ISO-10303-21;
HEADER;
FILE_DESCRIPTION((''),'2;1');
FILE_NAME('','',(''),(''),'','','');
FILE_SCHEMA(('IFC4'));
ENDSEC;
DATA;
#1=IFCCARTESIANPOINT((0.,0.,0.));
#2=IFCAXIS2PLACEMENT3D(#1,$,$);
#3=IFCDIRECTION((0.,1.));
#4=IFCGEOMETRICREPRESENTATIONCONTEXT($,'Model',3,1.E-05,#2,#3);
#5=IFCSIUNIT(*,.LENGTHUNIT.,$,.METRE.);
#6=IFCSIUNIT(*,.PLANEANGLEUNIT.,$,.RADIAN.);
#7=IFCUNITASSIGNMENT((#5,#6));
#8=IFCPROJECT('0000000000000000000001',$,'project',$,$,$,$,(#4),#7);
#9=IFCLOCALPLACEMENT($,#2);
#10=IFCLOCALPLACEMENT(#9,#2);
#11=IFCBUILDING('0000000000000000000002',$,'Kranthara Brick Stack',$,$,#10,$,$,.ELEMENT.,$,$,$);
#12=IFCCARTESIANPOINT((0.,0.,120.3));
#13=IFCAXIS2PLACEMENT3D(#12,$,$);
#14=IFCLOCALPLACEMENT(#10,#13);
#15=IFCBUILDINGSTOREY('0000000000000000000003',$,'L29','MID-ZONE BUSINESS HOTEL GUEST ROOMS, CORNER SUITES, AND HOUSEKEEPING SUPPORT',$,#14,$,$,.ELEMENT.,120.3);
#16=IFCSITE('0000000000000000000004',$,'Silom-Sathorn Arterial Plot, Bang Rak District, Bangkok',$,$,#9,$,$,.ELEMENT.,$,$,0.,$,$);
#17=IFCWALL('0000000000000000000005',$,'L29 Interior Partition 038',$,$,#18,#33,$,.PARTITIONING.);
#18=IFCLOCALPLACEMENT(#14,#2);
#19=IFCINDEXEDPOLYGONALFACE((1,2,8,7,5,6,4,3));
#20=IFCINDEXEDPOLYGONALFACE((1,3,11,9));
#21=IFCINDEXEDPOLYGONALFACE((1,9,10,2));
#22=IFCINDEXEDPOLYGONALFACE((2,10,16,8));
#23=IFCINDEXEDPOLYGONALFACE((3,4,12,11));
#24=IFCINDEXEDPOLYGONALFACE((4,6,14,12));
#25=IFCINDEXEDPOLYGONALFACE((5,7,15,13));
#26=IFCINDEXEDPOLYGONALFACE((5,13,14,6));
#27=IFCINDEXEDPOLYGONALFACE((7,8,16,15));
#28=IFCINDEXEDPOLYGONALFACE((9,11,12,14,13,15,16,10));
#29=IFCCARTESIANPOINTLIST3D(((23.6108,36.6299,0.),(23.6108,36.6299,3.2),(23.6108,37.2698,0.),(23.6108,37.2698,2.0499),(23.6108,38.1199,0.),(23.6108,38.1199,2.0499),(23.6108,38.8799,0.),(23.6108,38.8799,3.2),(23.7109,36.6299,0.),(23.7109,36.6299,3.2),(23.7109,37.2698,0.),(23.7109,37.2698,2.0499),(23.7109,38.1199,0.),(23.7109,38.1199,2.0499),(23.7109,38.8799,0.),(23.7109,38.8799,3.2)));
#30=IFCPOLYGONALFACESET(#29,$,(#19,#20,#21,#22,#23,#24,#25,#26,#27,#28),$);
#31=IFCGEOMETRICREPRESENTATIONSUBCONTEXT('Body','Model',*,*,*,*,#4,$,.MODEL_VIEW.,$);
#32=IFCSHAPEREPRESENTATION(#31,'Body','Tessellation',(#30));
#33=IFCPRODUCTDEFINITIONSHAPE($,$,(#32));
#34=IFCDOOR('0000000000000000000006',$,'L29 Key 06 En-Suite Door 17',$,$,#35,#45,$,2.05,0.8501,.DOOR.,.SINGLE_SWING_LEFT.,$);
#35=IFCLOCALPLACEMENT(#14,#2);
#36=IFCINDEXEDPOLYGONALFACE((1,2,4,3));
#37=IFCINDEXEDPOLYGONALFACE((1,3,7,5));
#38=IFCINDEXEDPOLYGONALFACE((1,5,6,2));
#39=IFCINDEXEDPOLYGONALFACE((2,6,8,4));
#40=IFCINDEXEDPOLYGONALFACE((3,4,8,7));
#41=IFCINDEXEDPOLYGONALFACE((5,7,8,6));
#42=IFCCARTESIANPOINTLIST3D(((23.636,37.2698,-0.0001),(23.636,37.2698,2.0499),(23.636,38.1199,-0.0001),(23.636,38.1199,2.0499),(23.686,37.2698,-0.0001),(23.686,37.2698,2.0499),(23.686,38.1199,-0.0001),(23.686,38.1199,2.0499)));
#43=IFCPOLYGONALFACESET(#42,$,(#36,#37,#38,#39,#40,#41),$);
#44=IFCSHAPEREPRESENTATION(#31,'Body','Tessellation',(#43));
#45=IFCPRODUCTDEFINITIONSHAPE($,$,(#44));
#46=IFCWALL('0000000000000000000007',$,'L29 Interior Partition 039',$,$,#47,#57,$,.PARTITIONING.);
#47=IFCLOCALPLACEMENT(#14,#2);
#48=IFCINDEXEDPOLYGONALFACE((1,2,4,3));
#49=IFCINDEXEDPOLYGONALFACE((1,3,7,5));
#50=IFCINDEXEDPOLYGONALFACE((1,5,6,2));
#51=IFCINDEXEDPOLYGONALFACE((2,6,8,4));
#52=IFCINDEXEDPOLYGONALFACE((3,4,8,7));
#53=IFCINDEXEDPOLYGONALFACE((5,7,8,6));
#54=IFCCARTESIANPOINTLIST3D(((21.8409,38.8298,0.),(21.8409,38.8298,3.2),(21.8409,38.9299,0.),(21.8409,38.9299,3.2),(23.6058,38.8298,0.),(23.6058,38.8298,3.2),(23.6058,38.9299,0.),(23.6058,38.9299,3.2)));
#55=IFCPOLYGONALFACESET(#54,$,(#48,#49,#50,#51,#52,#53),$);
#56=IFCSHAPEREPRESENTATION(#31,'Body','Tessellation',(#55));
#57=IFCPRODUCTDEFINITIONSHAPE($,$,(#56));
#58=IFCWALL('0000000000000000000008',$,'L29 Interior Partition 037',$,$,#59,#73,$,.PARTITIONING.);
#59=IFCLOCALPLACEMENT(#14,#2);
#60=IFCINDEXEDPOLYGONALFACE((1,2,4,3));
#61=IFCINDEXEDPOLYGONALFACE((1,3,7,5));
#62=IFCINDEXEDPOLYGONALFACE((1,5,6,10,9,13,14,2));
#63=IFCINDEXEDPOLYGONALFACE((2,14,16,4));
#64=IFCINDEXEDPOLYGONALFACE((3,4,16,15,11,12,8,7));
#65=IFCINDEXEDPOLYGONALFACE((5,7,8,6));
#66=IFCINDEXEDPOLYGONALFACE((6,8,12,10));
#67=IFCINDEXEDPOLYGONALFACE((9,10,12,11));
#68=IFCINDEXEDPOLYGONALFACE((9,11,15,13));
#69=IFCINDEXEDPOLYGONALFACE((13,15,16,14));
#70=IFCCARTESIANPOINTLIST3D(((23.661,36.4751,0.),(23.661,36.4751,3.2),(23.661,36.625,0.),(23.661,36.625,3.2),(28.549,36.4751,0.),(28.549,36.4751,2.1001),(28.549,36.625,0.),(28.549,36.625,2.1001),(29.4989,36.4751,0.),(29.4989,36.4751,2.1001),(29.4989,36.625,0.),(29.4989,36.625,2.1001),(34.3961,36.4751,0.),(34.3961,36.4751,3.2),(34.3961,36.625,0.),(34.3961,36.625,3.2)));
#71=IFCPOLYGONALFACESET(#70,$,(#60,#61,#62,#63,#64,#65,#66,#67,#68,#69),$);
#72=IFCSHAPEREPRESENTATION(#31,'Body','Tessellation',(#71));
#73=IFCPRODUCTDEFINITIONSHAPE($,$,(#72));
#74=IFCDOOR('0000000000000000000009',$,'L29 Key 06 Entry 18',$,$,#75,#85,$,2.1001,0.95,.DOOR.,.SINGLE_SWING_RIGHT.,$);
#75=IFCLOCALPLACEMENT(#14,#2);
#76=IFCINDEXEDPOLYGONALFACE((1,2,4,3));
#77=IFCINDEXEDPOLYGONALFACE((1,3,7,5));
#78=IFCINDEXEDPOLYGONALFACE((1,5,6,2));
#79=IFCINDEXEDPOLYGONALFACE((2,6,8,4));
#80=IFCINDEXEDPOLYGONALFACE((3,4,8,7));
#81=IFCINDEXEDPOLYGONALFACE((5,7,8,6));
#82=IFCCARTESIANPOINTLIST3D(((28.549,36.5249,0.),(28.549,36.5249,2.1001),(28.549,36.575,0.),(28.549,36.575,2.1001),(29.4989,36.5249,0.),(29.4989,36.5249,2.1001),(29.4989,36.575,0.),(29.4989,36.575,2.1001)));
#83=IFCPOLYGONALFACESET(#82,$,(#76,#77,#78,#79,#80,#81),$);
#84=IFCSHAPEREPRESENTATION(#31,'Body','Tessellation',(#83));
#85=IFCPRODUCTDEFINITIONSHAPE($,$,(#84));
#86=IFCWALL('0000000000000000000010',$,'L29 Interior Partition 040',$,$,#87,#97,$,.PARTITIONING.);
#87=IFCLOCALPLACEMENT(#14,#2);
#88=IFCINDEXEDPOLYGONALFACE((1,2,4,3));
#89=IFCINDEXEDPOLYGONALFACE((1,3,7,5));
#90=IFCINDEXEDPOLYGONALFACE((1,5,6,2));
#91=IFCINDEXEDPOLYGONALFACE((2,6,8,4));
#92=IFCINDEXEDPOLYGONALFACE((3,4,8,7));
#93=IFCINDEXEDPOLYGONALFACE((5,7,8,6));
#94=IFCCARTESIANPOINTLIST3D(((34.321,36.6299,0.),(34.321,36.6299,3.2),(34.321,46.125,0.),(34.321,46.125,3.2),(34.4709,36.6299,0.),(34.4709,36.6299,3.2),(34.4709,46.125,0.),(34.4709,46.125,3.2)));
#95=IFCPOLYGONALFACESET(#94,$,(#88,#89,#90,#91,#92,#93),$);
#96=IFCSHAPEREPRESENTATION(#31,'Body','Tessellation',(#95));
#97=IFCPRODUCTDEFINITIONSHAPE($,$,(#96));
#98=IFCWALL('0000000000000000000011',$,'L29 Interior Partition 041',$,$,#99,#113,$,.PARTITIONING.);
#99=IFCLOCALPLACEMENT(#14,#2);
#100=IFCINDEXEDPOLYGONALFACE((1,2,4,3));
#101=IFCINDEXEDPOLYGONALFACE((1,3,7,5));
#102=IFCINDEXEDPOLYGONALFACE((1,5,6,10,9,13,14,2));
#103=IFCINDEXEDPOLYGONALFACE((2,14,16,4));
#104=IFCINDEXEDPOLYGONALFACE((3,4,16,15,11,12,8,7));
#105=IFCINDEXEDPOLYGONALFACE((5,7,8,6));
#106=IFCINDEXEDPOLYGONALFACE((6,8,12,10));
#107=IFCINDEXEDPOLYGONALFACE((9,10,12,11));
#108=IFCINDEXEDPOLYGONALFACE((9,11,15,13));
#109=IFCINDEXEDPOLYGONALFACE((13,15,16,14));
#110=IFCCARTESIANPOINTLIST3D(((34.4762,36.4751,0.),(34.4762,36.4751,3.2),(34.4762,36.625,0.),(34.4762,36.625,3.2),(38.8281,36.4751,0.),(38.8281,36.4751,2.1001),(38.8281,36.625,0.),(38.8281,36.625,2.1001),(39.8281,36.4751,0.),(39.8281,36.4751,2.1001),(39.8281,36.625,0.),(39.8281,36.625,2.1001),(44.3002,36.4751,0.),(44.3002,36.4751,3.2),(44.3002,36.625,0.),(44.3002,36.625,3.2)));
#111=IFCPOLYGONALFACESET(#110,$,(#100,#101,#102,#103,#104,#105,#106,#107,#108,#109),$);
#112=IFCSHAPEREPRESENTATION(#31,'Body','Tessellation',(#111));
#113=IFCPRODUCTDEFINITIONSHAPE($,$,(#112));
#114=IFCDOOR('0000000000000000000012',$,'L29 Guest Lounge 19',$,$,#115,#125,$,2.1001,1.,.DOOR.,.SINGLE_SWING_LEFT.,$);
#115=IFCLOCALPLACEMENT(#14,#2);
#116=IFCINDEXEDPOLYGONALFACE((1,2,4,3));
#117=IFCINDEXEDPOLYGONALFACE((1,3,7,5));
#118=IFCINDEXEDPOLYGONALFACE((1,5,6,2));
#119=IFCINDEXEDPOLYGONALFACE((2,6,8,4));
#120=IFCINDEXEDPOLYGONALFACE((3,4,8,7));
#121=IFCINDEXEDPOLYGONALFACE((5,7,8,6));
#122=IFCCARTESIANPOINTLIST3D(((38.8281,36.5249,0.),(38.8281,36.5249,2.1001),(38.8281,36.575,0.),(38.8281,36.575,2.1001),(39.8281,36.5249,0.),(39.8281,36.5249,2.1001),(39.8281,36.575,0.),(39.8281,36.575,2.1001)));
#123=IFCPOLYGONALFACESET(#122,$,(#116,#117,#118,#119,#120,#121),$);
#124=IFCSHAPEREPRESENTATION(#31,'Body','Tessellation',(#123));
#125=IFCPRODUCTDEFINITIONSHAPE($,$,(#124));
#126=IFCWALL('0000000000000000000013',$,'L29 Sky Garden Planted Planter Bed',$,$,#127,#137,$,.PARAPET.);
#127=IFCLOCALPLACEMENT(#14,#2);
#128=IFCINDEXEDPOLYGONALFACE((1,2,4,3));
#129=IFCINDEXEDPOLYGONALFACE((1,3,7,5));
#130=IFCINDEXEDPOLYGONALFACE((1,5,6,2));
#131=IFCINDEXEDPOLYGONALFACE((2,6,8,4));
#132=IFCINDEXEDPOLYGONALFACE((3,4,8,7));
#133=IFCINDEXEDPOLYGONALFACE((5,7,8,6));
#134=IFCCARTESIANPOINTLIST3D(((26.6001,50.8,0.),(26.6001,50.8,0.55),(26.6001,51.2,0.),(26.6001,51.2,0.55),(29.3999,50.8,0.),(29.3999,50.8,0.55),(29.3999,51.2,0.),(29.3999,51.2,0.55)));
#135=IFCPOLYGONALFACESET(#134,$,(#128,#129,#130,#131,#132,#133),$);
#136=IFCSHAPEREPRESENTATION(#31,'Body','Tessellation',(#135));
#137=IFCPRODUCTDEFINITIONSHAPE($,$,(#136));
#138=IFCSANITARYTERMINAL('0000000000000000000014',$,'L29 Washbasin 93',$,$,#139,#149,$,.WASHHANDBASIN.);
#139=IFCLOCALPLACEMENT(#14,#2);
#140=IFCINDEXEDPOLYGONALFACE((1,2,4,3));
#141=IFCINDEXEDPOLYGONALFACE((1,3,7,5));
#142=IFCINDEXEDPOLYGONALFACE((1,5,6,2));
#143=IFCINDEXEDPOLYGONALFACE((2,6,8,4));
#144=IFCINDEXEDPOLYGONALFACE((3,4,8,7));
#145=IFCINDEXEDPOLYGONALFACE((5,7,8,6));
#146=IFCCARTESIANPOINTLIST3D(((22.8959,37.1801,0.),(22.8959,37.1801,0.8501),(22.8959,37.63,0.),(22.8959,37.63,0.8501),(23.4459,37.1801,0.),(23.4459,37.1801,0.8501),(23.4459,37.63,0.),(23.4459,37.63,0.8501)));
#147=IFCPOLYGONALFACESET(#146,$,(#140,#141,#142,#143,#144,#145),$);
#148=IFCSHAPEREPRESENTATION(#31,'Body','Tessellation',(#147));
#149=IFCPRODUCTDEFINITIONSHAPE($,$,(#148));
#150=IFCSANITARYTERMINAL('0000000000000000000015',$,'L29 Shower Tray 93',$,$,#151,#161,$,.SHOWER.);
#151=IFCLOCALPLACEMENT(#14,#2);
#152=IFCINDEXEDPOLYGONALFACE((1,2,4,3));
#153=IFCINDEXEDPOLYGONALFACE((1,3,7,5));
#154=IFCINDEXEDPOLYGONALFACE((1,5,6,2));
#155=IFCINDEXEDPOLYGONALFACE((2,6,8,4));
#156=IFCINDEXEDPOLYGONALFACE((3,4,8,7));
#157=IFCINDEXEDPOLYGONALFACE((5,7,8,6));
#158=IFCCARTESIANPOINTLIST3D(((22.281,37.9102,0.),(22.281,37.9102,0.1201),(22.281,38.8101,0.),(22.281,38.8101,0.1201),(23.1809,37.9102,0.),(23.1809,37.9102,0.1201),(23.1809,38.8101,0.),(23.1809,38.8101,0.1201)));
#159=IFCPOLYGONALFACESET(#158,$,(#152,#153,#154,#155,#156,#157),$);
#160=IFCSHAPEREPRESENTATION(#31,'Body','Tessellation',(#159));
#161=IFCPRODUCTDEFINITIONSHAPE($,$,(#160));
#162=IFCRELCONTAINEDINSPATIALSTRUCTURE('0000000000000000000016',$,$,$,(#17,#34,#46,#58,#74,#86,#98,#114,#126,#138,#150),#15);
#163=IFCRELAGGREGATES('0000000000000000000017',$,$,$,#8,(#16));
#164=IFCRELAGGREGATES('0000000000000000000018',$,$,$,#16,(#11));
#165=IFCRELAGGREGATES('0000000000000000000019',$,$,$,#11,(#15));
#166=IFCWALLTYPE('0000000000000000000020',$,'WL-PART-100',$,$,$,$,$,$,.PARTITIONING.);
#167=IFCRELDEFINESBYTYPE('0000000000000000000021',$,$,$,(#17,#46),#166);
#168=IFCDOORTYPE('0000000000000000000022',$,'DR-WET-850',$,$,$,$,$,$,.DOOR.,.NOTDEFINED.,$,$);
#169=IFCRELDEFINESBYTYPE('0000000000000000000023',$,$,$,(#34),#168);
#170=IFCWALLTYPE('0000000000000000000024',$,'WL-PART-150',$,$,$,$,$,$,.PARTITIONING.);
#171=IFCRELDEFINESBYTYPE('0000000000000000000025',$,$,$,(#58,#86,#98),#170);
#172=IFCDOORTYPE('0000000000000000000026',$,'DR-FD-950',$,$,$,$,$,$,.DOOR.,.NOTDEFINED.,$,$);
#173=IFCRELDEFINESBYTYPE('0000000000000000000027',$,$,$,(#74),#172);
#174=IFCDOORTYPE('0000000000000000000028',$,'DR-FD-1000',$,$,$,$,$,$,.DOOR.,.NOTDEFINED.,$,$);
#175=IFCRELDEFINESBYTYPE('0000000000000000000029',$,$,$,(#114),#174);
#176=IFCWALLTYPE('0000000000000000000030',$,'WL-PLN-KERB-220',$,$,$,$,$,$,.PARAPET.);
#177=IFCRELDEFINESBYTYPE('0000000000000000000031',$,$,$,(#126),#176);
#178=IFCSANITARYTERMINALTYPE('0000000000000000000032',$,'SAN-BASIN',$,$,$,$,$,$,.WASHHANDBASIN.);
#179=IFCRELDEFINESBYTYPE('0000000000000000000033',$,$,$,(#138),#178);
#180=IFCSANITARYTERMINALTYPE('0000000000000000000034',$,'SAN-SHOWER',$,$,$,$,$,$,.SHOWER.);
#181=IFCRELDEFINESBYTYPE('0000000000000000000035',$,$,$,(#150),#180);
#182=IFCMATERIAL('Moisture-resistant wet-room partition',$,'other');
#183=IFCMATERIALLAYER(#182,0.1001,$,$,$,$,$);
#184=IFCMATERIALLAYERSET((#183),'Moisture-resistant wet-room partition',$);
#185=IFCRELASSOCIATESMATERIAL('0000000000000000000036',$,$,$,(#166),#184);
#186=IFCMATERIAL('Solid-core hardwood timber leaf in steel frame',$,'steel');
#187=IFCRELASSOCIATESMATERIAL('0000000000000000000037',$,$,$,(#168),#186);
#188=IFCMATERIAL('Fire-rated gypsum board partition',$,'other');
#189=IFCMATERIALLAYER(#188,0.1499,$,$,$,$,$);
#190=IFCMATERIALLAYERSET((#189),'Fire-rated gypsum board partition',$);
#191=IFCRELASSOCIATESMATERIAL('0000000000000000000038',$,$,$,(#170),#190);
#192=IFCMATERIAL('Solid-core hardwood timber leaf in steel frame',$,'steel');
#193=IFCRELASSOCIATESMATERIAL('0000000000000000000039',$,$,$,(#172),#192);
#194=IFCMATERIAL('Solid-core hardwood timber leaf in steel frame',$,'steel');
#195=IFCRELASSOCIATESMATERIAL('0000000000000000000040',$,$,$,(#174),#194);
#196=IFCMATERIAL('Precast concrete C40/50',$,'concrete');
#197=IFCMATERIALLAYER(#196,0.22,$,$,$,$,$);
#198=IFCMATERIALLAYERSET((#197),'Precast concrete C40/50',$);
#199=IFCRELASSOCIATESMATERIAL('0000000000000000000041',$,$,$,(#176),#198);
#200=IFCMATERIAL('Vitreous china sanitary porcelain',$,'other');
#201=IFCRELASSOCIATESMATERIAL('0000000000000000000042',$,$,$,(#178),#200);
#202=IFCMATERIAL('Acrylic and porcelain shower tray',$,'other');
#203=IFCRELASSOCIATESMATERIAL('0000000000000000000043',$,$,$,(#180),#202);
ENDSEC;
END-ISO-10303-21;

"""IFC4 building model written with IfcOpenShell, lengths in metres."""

from ifc_helpers import new_model, si_unit, direction, frame, frame_2d, origin, origin_2d, place, context, subcontext, project, spatial, rectangle, extrude, material, layer, layer_set, type_object, element, fill, save


model = new_model("IFC4")

# Units and contexts
model_context = context("Model", 3, precision=1e-05, world=origin(), true_north=direction((0.0, 1.0)))
body_context = subcontext(model_context, "Body", "Model", "MODEL_VIEW")
ifc_project = project(units=[si_unit("LENGTHUNIT", "METRE"), si_unit("PLANEANGLEUNIT", "RADIAN")], contexts=[model_context])

# Site, building, storey
site_placement = place(None, origin())
site = spatial("IfcSite", under=ifc_project, at=site_placement, Name="Silom-Sathorn Arterial Plot, Bang Rak District, Bangkok", CompositionType="ELEMENT", RefElevation=0.0)
building_placement = place(site_placement, origin())
building = spatial("IfcBuilding", under=site, at=building_placement, Name="Kranthara Brick Stack", CompositionType="ELEMENT")
storey_placement = place(building_placement, frame((0.0, 0.0, 120.3)))
storey = spatial("IfcBuildingStorey", under=building, at=storey_placement, Name="L29", Description="MID-ZONE BUSINESS HOTEL GUEST ROOMS, CORNER SUITES, AND HOUSEKEEPING SUPPORT", CompositionType="ELEMENT", Elevation=120.3)

# Wall, opening, door
ifc_material_1 = material(Name="Moisture-resistant wet-room partition", Category="other")
ifc_layer_1 = layer(ifc_material_1, 0.1001)
ifc_layer_set_1 = layer_set([ifc_layer_1], Name="Moisture-resistant wet-room partition")
wall_type_1 = type_object("IfcWallType", Name="WL-PART-100", PredefinedType="PARTITIONING", material=ifc_layer_set_1)
wall_1_placement = place(storey_placement, frame((23.6609, 36.6299, 0.0), z_axis=(0.0, 0.0, 1.0), x_axis=(0.0, 1.0, 0.0)))
wall_1 = element("IfcWall", 1, at=wall_1_placement, inside=storey, type_object=wall_type_1, Name="L29 Interior Partition 038", PredefinedType="PARTITIONING", context=body_context, shape_type="SweptSolid", body=[
    extrude(rectangle(XDim=2.25, YDim=0.1001, at=frame_2d((1.125, 0.0))), origin(), (0.0, 0.0, 1.0), 3.2),
])
opening_1_placement = place(wall_1_placement, frame((0.6399, 0.0, 0.0)))
opening_1 = element("IfcOpeningElement", 2, at=opening_1_placement, cuts=wall_1, PredefinedType="OPENING", context=body_context, shape_type="SweptSolid", body=[
    extrude(rectangle(XDim=0.8501, YDim=2.05, at=frame_2d((0.425, 1.0249))), frame((0.0, 0.0601, 0.0), z_axis=(0.0, -1.0, 0.0), x_axis=(1.0, 0.0, 0.0)), (0.0, 0.0, 1.0), 0.1201),
])
ifc_material_2 = material(Name="Solid-core hardwood timber leaf in steel frame", Category="steel")
door_type_1 = type_object("IfcDoorType", Name="DR-WET-850", OperationType="NOTDEFINED", PredefinedType="DOOR", material=ifc_material_2)
door_1_placement = place(opening_1_placement, origin())
door_1 = element("IfcDoor", 3, at=door_1_placement, inside=storey, type_object=door_type_1, Name="L29 Key 06 En-Suite Door 17", OperationType="SINGLE_SWING_LEFT", OverallHeight=2.05, OverallWidth=0.8501, PredefinedType="DOOR", context=body_context, shape_type="SweptSolid", body=[
    extrude(rectangle(XDim=0.8501, YDim=2.05, at=frame_2d((0.425, 1.0249))), frame((0.0, 0.0249, 0.0), z_axis=(0.0, -1.0, 0.0), x_axis=(1.0, 0.0, 0.0)), (0.0, 0.0, 1.0), 0.05),
])
fill(opening_1, door_1)

# Wall
wall_2_placement = place(storey_placement, frame((21.8411, 38.8799, 0.0), z_axis=(0.0, 0.0, 1.0), x_axis=(1.0, 0.0, 0.0)))
element("IfcWall", 4, at=wall_2_placement, inside=storey, type_object=wall_type_1, Name="L29 Interior Partition 039", PredefinedType="PARTITIONING", context=body_context, shape_type="SweptSolid", body=[
    extrude(rectangle(XDim=1.7649, YDim=0.1001, at=frame_2d((0.8823, 0.0))), origin(), (0.0, 0.0, 1.0), 3.2),
])

# Wall, opening, door
ifc_material_3 = material(Name="Fire-rated gypsum board partition", Category="other")
ifc_layer_2 = layer(ifc_material_3, 0.1499)
ifc_layer_set_2 = layer_set([ifc_layer_2], Name="Fire-rated gypsum board partition")
wall_type_2 = type_object("IfcWallType", Name="WL-PART-150", PredefinedType="PARTITIONING", material=ifc_layer_set_2)
wall_3_placement = place(storey_placement, frame((23.6609, 36.55, 0.0), z_axis=(0.0, 0.0, 1.0), x_axis=(1.0, 0.0, 0.0)))
wall_3 = element("IfcWall", 5, at=wall_3_placement, inside=storey, type_object=wall_type_2, Name="L29 Interior Partition 037", PredefinedType="PARTITIONING", context=body_context, shape_type="SweptSolid", body=[
    extrude(rectangle(XDim=10.7351, YDim=0.1499, at=frame_2d((5.3677, 0.0))), origin(), (0.0, 0.0, 1.0), 3.2),
])
opening_2_placement = place(wall_3_placement, frame((4.8879, 0.0, 0.0)))
opening_2 = element("IfcOpeningElement", 6, at=opening_2_placement, cuts=wall_3, PredefinedType="OPENING", context=body_context, shape_type="SweptSolid", body=[
    extrude(rectangle(XDim=0.95, YDim=2.1001, at=frame_2d((0.4751, 1.05))), frame((0.0, 0.085, 0.0), z_axis=(0.0, -1.0, 0.0), x_axis=(1.0, 0.0, 0.0)), (0.0, 0.0, 1.0), 0.1699),
])
ifc_material_4 = material(Name="Solid-core hardwood timber leaf in steel frame", Category="steel")
door_type_2 = type_object("IfcDoorType", Name="DR-FD-950", OperationType="NOTDEFINED", PredefinedType="DOOR", material=ifc_material_4)
door_2_placement = place(opening_2_placement, origin())
door_2 = element("IfcDoor", 7, at=door_2_placement, inside=storey, type_object=door_type_2, Name="L29 Key 06 Entry 18", OperationType="SINGLE_SWING_RIGHT", OverallHeight=2.1001, OverallWidth=0.95, PredefinedType="DOOR", context=body_context, shape_type="SweptSolid", body=[
    extrude(rectangle(XDim=0.95, YDim=2.1001, at=frame_2d((0.4751, 1.05))), frame((0.0, 0.0249, 0.0), z_axis=(0.0, -1.0, 0.0), x_axis=(1.0, 0.0, 0.0)), (0.0, 0.0, 1.0), 0.05),
])
fill(opening_2, door_2)

# Wall
wall_4_placement = place(storey_placement, frame((34.396, 36.6299, 0.0), z_axis=(0.0, 0.0, 1.0), x_axis=(0.0, 1.0, 0.0)))
element("IfcWall", 8, at=wall_4_placement, inside=storey, type_object=wall_type_2, Name="L29 Interior Partition 040", PredefinedType="PARTITIONING", context=body_context, shape_type="SweptSolid", body=[
    extrude(rectangle(XDim=9.4951, YDim=0.1499, at=frame_2d((4.7476, 0.0))), origin(), (0.0, 0.0, 1.0), 3.2),
])

# Wall, opening, door
wall_5_placement = place(storey_placement, frame((34.4761, 36.55, 0.0), z_axis=(0.0, 0.0, 1.0), x_axis=(1.0, 0.0, 0.0)))
wall_5 = element("IfcWall", 9, at=wall_5_placement, inside=storey, type_object=wall_type_2, Name="L29 Interior Partition 041", PredefinedType="PARTITIONING", context=body_context, shape_type="SweptSolid", body=[
    extrude(rectangle(XDim=9.824, YDim=0.1499, at=frame_2d((4.9121, 0.0))), origin(), (0.0, 0.0, 1.0), 3.2),
])
opening_3_placement = place(wall_5_placement, frame((4.3521, 0.0, 0.0)))
opening_3 = element("IfcOpeningElement", 10, at=opening_3_placement, cuts=wall_5, PredefinedType="OPENING", context=body_context, shape_type="SweptSolid", body=[
    extrude(rectangle(XDim=1.0, YDim=2.1001, at=frame_2d((0.5, 1.05))), frame((0.0, 0.085, 0.0), z_axis=(0.0, -1.0, 0.0), x_axis=(1.0, 0.0, 0.0)), (0.0, 0.0, 1.0), 0.1699),
])
ifc_material_5 = material(Name="Solid-core hardwood timber leaf in steel frame", Category="steel")
door_type_3 = type_object("IfcDoorType", Name="DR-FD-1000", OperationType="NOTDEFINED", PredefinedType="DOOR", material=ifc_material_5)
door_3_placement = place(opening_3_placement, origin())
door_3 = element("IfcDoor", 11, at=door_3_placement, inside=storey, type_object=door_type_3, Name="L29 Guest Lounge 19", OperationType="SINGLE_SWING_LEFT", OverallHeight=2.1001, OverallWidth=1.0, PredefinedType="DOOR", context=body_context, shape_type="SweptSolid", body=[
    extrude(rectangle(XDim=1.0, YDim=2.1001, at=frame_2d((0.5, 1.05))), frame((0.0, 0.0249, 0.0), z_axis=(0.0, -1.0, 0.0), x_axis=(1.0, 0.0, 0.0)), (0.0, 0.0, 1.0), 0.05),
])
fill(opening_3, door_3)

# Wall
ifc_material_6 = material(Name="Precast concrete C40/50", Category="concrete")
ifc_layer_3 = layer(ifc_material_6, 0.22)
ifc_layer_set_3 = layer_set([ifc_layer_3], Name="Precast concrete C40/50")
wall_type_3 = type_object("IfcWallType", Name="WL-PLN-KERB-220", PredefinedType="PARAPET", material=ifc_layer_set_3)
wall_6_placement = place(storey_placement, frame((26.6001, 51.0, 0.0), z_axis=(0.0, 0.0, 1.0), x_axis=(1.0, 0.0, 0.0)))
element("IfcWall", 12, at=wall_6_placement, inside=storey, type_object=wall_type_3, Name="L29 Sky Garden Planted Planter Bed", PredefinedType="PARAPET", context=body_context, shape_type="SweptSolid", body=[
    extrude(rectangle(XDim=2.7998, YDim=0.3999, at=frame_2d((1.3999, 0.0))), origin(), (0.0, 0.0, 1.0), 0.55),
])

# Sanitary terminals
ifc_material_7 = material(Name="Vitreous china sanitary porcelain", Category="other")
sanitary_terminal_type_1 = type_object("IfcSanitaryTerminalType", Name="SAN-BASIN", PredefinedType="WASHHANDBASIN", material=ifc_material_7)
sanitary_terminal_1_placement = place(storey_placement, frame((23.1709, 37.405, 0.0), z_axis=(0.0, 0.0, 1.0), x_axis=(1.0, 0.0, 0.0)))
element("IfcSanitaryTerminal", 13, at=sanitary_terminal_1_placement, inside=storey, type_object=sanitary_terminal_type_1, Name="L29 Washbasin 93", PredefinedType="WASHHANDBASIN", context=body_context, shape_type="SweptSolid", body=[
    extrude(rectangle(XDim=0.55, YDim=0.45, at=origin_2d()), origin(), (0.0, 0.0, 1.0), 0.8501),
])
ifc_material_8 = material(Name="Acrylic and porcelain shower tray", Category="other")
sanitary_terminal_type_2 = type_object("IfcSanitaryTerminalType", Name="SAN-SHOWER", PredefinedType="SHOWER", material=ifc_material_8)
sanitary_terminal_2_placement = place(storey_placement, frame((22.731, 38.3601, 0.0), z_axis=(0.0, 0.0, 1.0), x_axis=(1.0, 0.0, 0.0)))
element("IfcSanitaryTerminal", 14, at=sanitary_terminal_2_placement, inside=storey, type_object=sanitary_terminal_type_2, Name="L29 Shower Tray 93", PredefinedType="SHOWER", context=body_context, shape_type="SweptSolid", body=[
    extrude(rectangle(XDim=0.8999, YDim=0.8999, at=origin_2d()), origin(), (0.0, 0.0, 1.0), 0.1201),
])

save(model, "model.ifc")
